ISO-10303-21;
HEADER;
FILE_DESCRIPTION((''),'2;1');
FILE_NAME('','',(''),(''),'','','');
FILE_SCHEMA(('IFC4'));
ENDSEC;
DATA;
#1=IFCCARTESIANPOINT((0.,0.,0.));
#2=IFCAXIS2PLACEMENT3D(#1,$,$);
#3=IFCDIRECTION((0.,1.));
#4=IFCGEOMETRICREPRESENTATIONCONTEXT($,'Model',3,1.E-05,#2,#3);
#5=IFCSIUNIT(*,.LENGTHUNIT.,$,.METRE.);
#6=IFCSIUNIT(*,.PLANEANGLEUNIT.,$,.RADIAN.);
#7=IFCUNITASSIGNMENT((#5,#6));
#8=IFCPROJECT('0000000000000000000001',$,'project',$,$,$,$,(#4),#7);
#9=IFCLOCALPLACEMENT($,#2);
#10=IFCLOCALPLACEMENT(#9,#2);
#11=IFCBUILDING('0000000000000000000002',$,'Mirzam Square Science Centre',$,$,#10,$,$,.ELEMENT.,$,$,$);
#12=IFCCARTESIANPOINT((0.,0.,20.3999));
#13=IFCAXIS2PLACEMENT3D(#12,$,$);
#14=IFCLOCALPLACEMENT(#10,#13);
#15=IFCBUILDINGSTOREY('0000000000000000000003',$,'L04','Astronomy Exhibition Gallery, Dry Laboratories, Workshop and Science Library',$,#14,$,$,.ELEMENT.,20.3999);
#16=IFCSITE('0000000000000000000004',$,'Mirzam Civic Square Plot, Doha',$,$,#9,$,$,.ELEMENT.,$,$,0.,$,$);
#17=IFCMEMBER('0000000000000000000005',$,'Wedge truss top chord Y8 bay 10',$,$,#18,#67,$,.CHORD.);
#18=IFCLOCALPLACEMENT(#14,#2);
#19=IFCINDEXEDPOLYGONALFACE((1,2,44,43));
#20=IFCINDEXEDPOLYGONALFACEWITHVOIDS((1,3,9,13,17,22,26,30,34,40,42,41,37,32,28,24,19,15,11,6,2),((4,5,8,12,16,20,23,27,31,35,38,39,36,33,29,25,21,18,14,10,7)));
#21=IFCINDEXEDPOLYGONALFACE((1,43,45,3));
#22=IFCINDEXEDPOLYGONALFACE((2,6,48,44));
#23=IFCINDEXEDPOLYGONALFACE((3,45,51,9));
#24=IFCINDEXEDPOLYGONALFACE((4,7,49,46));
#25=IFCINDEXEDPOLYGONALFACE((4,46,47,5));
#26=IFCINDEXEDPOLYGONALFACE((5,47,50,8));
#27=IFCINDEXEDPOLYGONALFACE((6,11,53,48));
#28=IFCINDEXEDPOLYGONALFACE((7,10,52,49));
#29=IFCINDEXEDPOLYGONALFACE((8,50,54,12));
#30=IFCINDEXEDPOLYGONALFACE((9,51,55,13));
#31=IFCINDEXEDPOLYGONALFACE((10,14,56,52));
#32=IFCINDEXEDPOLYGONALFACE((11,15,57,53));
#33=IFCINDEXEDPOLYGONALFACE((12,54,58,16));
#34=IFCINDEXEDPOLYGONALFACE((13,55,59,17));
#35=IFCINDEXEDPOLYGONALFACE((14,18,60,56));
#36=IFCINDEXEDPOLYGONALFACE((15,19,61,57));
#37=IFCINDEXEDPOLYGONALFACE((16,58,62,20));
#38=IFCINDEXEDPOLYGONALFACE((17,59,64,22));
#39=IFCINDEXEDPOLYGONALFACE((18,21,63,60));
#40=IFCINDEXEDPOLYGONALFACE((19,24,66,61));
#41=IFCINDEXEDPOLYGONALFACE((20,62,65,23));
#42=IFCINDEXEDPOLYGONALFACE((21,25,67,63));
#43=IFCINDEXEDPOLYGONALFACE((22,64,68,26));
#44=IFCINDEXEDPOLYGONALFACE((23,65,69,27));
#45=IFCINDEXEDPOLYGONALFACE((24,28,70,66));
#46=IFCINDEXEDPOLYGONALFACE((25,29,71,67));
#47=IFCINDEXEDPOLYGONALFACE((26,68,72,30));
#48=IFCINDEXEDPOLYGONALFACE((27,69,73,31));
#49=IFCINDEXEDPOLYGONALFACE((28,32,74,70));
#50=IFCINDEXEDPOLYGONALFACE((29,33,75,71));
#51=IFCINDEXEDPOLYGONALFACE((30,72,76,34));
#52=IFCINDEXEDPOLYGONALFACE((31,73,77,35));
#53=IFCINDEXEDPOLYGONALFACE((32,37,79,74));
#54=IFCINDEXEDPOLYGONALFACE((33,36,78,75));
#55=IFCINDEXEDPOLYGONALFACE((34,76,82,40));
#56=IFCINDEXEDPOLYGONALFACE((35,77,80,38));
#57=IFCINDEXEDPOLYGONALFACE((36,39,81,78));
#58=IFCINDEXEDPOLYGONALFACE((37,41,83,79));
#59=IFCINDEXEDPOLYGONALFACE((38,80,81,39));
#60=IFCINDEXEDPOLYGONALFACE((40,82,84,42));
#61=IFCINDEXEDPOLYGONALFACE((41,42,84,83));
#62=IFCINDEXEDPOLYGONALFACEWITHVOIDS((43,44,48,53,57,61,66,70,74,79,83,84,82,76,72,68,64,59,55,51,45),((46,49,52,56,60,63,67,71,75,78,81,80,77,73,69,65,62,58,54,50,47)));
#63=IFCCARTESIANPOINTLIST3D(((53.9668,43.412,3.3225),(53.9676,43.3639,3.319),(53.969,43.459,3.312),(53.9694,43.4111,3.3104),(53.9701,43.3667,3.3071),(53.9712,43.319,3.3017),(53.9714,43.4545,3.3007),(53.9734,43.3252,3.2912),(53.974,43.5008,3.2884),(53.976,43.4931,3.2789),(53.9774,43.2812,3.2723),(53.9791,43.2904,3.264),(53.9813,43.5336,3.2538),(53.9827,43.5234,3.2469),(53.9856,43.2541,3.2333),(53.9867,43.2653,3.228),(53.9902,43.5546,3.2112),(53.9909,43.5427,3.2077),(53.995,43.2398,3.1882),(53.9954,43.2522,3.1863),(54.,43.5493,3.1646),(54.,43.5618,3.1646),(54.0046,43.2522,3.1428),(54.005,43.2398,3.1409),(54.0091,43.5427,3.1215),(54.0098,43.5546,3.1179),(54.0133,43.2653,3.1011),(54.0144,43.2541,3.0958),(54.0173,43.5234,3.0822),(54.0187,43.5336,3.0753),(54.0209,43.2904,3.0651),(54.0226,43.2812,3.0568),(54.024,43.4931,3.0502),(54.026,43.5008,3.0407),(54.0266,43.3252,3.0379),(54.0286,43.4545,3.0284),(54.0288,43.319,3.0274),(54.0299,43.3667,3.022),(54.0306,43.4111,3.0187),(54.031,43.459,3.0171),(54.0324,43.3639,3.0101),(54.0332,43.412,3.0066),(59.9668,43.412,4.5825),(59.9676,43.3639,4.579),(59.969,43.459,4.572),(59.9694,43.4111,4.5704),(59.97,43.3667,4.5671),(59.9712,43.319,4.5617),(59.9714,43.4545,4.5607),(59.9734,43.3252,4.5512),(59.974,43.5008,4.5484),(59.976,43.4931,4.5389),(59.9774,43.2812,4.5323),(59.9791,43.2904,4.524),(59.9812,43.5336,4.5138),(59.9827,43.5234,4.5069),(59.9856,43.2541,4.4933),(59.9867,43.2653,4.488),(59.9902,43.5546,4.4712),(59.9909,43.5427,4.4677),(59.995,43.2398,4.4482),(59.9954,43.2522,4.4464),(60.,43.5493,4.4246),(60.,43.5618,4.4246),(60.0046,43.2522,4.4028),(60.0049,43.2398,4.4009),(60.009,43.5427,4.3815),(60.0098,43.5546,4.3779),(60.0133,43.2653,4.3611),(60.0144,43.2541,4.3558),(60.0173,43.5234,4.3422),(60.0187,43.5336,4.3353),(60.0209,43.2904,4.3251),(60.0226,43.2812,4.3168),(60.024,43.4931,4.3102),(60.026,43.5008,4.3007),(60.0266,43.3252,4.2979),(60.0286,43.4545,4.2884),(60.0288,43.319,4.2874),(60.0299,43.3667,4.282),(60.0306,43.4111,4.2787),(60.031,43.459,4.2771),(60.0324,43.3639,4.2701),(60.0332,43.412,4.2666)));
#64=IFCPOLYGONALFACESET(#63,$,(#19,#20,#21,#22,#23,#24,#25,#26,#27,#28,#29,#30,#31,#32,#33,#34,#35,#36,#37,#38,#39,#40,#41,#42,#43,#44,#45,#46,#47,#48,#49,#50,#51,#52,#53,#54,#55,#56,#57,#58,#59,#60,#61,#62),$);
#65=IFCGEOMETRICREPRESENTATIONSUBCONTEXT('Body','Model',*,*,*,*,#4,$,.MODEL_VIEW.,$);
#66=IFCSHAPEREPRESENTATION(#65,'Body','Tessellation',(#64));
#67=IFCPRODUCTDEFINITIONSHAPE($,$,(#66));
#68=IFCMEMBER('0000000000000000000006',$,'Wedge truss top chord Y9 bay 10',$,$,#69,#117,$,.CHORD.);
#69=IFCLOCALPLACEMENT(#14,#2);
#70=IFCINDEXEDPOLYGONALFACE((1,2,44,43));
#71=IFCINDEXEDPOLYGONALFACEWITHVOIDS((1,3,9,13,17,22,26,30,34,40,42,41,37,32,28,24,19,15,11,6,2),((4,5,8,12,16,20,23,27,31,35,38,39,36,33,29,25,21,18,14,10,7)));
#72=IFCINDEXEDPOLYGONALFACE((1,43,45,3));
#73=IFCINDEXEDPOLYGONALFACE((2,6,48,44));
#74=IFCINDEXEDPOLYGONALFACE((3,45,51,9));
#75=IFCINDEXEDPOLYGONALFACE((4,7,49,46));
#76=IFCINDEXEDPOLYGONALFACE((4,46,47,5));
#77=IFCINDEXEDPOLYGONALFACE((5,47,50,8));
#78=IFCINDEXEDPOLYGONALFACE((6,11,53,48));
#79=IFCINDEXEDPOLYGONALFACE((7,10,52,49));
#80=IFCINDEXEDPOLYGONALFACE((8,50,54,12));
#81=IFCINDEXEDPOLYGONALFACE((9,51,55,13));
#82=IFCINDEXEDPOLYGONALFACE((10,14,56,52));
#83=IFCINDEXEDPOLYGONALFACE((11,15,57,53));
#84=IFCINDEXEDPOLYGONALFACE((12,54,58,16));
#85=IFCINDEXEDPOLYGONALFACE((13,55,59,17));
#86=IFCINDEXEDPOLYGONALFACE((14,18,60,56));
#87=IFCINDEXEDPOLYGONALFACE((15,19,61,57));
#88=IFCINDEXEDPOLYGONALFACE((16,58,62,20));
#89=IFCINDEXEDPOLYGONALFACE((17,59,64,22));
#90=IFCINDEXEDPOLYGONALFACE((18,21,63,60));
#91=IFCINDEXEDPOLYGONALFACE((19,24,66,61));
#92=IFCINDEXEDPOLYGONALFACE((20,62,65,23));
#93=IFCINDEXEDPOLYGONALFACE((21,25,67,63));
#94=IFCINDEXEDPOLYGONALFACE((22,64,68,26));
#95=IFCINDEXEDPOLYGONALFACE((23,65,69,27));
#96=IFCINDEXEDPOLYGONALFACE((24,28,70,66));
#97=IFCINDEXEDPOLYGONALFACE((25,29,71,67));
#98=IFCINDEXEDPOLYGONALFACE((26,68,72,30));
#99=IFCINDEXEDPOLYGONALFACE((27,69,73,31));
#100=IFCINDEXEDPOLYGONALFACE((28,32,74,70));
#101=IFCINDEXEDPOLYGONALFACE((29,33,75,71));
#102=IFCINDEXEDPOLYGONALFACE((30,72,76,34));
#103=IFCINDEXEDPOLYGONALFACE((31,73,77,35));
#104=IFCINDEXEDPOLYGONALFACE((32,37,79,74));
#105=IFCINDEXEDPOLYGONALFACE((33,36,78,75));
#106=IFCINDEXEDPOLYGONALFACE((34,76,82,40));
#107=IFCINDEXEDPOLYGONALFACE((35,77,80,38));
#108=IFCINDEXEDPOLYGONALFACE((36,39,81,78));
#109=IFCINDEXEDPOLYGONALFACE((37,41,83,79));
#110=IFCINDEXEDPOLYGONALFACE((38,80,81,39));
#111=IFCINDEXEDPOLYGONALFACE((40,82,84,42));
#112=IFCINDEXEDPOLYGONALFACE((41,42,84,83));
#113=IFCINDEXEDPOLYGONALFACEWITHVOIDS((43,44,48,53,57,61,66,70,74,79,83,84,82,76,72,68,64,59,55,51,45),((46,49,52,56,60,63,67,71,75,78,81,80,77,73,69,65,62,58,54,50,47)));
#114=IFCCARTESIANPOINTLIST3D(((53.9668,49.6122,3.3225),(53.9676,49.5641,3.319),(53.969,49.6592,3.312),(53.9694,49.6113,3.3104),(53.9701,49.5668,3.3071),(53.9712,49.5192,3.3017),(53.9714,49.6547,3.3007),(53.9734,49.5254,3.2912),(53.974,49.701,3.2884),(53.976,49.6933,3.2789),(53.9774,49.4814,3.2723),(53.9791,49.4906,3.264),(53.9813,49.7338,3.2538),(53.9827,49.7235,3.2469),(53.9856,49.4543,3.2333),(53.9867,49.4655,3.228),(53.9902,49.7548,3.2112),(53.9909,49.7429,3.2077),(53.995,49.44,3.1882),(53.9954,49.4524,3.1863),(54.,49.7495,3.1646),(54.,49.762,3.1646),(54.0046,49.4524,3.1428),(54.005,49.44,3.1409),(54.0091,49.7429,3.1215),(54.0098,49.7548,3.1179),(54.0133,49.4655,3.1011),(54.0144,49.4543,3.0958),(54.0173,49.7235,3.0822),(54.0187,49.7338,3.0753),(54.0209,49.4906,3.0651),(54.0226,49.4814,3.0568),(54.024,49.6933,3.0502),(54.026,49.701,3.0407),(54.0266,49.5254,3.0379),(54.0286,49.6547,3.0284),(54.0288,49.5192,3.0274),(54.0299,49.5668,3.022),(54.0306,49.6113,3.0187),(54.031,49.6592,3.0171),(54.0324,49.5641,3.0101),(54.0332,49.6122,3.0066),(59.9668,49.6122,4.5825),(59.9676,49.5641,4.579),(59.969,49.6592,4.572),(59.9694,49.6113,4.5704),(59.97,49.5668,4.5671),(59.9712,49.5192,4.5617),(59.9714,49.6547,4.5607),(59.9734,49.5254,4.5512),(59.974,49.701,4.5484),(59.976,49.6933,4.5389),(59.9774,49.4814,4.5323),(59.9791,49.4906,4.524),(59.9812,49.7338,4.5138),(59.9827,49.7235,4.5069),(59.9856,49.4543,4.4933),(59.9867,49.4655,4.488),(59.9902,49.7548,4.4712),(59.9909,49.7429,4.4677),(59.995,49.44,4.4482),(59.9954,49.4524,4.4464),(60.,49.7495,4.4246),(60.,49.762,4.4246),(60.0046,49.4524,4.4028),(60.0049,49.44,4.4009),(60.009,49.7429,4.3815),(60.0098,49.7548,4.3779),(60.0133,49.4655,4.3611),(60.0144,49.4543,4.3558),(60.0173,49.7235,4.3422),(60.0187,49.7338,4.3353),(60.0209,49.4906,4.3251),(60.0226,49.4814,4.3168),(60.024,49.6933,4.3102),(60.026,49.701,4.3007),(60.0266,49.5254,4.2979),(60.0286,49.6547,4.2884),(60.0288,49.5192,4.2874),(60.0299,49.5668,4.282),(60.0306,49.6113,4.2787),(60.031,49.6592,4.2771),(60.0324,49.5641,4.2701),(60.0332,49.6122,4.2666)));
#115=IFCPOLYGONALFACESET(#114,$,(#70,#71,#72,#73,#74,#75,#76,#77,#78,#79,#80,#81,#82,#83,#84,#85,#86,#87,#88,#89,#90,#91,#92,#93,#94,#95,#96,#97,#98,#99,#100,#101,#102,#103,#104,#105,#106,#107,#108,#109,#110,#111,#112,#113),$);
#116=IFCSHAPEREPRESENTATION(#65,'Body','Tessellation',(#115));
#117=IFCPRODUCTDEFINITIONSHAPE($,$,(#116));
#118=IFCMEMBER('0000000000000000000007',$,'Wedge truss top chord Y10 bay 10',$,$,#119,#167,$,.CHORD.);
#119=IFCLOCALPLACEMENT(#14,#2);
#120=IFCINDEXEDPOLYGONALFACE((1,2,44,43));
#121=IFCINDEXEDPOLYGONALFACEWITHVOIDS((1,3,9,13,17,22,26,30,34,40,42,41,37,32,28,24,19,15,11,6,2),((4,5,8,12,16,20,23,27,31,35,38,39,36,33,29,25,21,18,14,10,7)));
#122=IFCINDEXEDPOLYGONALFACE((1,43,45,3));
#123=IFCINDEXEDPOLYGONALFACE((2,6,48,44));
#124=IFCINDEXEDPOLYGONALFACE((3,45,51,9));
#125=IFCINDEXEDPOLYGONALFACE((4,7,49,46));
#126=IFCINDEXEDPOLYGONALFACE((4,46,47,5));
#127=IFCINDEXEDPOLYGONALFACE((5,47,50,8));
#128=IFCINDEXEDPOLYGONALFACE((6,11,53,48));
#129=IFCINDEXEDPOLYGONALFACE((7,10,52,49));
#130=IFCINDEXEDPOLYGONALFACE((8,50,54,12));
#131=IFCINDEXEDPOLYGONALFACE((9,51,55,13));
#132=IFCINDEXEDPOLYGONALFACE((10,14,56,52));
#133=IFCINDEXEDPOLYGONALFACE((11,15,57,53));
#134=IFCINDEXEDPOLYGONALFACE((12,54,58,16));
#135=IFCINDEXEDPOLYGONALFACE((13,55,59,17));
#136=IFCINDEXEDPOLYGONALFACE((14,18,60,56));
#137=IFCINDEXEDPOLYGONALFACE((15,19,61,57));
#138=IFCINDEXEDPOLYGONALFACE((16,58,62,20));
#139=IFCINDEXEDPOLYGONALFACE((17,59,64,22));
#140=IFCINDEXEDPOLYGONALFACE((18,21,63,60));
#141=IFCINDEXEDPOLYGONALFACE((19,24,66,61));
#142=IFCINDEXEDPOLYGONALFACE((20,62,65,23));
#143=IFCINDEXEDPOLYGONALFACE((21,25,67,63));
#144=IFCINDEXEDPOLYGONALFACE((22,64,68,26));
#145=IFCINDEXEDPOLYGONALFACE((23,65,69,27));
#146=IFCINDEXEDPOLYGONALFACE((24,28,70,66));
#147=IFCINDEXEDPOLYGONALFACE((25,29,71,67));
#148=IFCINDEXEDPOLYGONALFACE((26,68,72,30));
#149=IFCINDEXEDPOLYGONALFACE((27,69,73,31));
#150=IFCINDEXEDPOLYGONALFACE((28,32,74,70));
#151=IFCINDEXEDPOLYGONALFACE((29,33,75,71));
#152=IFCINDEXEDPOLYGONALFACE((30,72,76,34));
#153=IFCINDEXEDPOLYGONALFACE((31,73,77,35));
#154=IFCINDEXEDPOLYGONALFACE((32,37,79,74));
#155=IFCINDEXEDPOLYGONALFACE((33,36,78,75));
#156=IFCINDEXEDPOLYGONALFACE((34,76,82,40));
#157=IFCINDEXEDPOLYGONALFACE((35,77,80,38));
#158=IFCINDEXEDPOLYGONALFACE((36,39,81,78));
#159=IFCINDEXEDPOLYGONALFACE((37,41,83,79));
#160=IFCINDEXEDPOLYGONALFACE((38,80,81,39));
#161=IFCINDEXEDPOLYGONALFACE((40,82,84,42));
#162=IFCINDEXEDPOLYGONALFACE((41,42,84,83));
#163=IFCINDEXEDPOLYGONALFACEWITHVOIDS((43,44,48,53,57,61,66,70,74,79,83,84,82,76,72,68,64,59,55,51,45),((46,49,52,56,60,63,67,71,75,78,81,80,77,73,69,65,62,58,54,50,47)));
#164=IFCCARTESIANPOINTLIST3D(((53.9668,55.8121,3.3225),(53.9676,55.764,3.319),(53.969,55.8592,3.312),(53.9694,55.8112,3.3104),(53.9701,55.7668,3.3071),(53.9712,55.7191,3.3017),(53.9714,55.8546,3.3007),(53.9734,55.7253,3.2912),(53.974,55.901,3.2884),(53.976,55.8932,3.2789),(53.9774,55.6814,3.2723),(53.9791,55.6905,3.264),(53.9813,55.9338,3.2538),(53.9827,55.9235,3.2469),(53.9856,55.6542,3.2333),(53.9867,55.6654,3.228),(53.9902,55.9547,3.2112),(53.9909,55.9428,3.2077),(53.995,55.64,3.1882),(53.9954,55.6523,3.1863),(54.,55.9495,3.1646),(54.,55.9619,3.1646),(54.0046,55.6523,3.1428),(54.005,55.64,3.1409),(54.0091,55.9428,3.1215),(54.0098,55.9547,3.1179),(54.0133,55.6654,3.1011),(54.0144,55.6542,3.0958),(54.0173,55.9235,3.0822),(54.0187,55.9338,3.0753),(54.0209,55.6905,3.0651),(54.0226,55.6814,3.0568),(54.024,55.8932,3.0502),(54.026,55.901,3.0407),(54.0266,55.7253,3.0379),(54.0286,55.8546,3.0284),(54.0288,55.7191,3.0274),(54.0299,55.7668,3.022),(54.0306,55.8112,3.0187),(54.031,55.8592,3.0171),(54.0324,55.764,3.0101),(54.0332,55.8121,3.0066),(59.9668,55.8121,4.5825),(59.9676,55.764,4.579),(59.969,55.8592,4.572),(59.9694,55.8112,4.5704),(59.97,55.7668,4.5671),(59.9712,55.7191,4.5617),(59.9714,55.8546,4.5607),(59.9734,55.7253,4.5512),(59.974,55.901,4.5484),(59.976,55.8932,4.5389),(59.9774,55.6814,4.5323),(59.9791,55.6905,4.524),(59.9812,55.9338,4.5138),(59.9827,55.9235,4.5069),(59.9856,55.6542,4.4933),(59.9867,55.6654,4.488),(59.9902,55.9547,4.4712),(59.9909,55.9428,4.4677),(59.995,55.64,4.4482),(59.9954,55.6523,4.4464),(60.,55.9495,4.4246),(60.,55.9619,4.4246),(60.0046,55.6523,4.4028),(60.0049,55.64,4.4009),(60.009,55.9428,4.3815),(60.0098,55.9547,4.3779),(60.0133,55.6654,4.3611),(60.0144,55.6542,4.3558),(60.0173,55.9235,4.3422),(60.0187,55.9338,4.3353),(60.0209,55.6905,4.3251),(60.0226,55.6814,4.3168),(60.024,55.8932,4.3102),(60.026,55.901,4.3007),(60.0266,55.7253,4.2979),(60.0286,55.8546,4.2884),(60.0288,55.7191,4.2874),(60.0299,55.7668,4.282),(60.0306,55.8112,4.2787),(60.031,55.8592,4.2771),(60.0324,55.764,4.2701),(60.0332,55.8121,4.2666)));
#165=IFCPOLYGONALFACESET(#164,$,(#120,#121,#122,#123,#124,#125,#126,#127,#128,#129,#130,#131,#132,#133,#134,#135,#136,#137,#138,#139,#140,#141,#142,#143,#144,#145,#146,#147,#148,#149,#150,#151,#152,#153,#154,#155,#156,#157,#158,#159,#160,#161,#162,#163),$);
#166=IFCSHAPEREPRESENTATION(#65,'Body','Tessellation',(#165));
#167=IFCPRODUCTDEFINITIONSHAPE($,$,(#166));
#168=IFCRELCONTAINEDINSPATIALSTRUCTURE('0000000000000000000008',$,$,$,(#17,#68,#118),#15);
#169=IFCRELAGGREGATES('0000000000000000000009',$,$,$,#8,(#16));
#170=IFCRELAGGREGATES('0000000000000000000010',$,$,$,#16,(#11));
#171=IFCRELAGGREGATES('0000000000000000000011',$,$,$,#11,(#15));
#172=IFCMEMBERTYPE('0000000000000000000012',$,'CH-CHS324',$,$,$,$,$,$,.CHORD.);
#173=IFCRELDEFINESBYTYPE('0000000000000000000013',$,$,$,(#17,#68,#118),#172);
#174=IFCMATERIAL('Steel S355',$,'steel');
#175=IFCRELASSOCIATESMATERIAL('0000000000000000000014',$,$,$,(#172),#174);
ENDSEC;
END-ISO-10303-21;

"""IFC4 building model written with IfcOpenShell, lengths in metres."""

from ifc_helpers import new_model, si_unit, direction, frame, origin, origin_2d, place, context, subcontext, project, spatial, hollow_circle, extrude, material, material_profile, profile_set, type_object, element, save


model = new_model("IFC4")

# Units and contexts
model_context = context("Model", 3, precision=1e-05, world=origin(), true_north=direction((0.0, 1.0)))
body_context = subcontext(model_context, "Body", "Model", "MODEL_VIEW")
ifc_project = project(units=[si_unit("LENGTHUNIT", "METRE"), si_unit("PLANEANGLEUNIT", "RADIAN")], contexts=[model_context])

# Site, building, storey
site_placement = place(None, origin())
site = spatial("IfcSite", under=ifc_project, at=site_placement, Name="Mirzam Civic Square Plot, Doha", CompositionType="ELEMENT", RefElevation=0.0)
building_placement = place(site_placement, origin())
building = spatial("IfcBuilding", under=site, at=building_placement, Name="Mirzam Square Science Centre", CompositionType="ELEMENT")
storey_placement = place(building_placement, frame((0.0, 0.0, 20.3999)))
storey = spatial("IfcBuildingStorey", under=building, at=storey_placement, Name="L04", Description="Astronomy Exhibition Gallery, Dry Laboratories, Workshop and Science Library", CompositionType="ELEMENT", Elevation=20.3999)

# Members
ifc_material_1 = material(Name="Steel S355", Category="steel")
ifc_material_profile_1 = material_profile(ifc_material_1, hollow_circle(Radius=0.1619, WallThickness=0.0125, at=origin_2d()), Name="323.9x12.5CHS")
ifc_profile_set_1 = profile_set([ifc_material_profile_1], Name="Steel S355")
member_type_1 = type_object("IfcMemberType", Name="CH-CHS324", PredefinedType="CHORD", material=ifc_profile_set_1)
for number, where, z_axis, x_axis, name in (
    (1, (54.0, 43.3999, 3.1646), (0.978653, 0.0, 0.205519), (0.0, 1.0, 0.0), "Wedge truss top chord Y8 bay 10"),
    (2, (54.0, 49.6001, 3.1646), (0.978653, 0.0, 0.205519), (0.0, 1.0, 0.0), "Wedge truss top chord Y9 bay 10"),
    (3, (54.0, 55.8, 3.1646), (0.978653, 0.0, 0.205519), (0.0, 1.0, 0.0), "Wedge truss top chord Y10 bay 10"),
):
    element("IfcMember", number, at=place(storey_placement, frame(where, z_axis=z_axis, x_axis=x_axis)), inside=storey, type_object=member_type_1, Name=name, PredefinedType="CHORD", context=body_context, shape_type="SweptSolid", body=[
        extrude(hollow_circle(Radius=0.1619, WallThickness=0.0125, at=origin_2d()), origin(), (0.0, 0.0, 1.0), 6.1309),
    ])

save(model, "model.ifc")
